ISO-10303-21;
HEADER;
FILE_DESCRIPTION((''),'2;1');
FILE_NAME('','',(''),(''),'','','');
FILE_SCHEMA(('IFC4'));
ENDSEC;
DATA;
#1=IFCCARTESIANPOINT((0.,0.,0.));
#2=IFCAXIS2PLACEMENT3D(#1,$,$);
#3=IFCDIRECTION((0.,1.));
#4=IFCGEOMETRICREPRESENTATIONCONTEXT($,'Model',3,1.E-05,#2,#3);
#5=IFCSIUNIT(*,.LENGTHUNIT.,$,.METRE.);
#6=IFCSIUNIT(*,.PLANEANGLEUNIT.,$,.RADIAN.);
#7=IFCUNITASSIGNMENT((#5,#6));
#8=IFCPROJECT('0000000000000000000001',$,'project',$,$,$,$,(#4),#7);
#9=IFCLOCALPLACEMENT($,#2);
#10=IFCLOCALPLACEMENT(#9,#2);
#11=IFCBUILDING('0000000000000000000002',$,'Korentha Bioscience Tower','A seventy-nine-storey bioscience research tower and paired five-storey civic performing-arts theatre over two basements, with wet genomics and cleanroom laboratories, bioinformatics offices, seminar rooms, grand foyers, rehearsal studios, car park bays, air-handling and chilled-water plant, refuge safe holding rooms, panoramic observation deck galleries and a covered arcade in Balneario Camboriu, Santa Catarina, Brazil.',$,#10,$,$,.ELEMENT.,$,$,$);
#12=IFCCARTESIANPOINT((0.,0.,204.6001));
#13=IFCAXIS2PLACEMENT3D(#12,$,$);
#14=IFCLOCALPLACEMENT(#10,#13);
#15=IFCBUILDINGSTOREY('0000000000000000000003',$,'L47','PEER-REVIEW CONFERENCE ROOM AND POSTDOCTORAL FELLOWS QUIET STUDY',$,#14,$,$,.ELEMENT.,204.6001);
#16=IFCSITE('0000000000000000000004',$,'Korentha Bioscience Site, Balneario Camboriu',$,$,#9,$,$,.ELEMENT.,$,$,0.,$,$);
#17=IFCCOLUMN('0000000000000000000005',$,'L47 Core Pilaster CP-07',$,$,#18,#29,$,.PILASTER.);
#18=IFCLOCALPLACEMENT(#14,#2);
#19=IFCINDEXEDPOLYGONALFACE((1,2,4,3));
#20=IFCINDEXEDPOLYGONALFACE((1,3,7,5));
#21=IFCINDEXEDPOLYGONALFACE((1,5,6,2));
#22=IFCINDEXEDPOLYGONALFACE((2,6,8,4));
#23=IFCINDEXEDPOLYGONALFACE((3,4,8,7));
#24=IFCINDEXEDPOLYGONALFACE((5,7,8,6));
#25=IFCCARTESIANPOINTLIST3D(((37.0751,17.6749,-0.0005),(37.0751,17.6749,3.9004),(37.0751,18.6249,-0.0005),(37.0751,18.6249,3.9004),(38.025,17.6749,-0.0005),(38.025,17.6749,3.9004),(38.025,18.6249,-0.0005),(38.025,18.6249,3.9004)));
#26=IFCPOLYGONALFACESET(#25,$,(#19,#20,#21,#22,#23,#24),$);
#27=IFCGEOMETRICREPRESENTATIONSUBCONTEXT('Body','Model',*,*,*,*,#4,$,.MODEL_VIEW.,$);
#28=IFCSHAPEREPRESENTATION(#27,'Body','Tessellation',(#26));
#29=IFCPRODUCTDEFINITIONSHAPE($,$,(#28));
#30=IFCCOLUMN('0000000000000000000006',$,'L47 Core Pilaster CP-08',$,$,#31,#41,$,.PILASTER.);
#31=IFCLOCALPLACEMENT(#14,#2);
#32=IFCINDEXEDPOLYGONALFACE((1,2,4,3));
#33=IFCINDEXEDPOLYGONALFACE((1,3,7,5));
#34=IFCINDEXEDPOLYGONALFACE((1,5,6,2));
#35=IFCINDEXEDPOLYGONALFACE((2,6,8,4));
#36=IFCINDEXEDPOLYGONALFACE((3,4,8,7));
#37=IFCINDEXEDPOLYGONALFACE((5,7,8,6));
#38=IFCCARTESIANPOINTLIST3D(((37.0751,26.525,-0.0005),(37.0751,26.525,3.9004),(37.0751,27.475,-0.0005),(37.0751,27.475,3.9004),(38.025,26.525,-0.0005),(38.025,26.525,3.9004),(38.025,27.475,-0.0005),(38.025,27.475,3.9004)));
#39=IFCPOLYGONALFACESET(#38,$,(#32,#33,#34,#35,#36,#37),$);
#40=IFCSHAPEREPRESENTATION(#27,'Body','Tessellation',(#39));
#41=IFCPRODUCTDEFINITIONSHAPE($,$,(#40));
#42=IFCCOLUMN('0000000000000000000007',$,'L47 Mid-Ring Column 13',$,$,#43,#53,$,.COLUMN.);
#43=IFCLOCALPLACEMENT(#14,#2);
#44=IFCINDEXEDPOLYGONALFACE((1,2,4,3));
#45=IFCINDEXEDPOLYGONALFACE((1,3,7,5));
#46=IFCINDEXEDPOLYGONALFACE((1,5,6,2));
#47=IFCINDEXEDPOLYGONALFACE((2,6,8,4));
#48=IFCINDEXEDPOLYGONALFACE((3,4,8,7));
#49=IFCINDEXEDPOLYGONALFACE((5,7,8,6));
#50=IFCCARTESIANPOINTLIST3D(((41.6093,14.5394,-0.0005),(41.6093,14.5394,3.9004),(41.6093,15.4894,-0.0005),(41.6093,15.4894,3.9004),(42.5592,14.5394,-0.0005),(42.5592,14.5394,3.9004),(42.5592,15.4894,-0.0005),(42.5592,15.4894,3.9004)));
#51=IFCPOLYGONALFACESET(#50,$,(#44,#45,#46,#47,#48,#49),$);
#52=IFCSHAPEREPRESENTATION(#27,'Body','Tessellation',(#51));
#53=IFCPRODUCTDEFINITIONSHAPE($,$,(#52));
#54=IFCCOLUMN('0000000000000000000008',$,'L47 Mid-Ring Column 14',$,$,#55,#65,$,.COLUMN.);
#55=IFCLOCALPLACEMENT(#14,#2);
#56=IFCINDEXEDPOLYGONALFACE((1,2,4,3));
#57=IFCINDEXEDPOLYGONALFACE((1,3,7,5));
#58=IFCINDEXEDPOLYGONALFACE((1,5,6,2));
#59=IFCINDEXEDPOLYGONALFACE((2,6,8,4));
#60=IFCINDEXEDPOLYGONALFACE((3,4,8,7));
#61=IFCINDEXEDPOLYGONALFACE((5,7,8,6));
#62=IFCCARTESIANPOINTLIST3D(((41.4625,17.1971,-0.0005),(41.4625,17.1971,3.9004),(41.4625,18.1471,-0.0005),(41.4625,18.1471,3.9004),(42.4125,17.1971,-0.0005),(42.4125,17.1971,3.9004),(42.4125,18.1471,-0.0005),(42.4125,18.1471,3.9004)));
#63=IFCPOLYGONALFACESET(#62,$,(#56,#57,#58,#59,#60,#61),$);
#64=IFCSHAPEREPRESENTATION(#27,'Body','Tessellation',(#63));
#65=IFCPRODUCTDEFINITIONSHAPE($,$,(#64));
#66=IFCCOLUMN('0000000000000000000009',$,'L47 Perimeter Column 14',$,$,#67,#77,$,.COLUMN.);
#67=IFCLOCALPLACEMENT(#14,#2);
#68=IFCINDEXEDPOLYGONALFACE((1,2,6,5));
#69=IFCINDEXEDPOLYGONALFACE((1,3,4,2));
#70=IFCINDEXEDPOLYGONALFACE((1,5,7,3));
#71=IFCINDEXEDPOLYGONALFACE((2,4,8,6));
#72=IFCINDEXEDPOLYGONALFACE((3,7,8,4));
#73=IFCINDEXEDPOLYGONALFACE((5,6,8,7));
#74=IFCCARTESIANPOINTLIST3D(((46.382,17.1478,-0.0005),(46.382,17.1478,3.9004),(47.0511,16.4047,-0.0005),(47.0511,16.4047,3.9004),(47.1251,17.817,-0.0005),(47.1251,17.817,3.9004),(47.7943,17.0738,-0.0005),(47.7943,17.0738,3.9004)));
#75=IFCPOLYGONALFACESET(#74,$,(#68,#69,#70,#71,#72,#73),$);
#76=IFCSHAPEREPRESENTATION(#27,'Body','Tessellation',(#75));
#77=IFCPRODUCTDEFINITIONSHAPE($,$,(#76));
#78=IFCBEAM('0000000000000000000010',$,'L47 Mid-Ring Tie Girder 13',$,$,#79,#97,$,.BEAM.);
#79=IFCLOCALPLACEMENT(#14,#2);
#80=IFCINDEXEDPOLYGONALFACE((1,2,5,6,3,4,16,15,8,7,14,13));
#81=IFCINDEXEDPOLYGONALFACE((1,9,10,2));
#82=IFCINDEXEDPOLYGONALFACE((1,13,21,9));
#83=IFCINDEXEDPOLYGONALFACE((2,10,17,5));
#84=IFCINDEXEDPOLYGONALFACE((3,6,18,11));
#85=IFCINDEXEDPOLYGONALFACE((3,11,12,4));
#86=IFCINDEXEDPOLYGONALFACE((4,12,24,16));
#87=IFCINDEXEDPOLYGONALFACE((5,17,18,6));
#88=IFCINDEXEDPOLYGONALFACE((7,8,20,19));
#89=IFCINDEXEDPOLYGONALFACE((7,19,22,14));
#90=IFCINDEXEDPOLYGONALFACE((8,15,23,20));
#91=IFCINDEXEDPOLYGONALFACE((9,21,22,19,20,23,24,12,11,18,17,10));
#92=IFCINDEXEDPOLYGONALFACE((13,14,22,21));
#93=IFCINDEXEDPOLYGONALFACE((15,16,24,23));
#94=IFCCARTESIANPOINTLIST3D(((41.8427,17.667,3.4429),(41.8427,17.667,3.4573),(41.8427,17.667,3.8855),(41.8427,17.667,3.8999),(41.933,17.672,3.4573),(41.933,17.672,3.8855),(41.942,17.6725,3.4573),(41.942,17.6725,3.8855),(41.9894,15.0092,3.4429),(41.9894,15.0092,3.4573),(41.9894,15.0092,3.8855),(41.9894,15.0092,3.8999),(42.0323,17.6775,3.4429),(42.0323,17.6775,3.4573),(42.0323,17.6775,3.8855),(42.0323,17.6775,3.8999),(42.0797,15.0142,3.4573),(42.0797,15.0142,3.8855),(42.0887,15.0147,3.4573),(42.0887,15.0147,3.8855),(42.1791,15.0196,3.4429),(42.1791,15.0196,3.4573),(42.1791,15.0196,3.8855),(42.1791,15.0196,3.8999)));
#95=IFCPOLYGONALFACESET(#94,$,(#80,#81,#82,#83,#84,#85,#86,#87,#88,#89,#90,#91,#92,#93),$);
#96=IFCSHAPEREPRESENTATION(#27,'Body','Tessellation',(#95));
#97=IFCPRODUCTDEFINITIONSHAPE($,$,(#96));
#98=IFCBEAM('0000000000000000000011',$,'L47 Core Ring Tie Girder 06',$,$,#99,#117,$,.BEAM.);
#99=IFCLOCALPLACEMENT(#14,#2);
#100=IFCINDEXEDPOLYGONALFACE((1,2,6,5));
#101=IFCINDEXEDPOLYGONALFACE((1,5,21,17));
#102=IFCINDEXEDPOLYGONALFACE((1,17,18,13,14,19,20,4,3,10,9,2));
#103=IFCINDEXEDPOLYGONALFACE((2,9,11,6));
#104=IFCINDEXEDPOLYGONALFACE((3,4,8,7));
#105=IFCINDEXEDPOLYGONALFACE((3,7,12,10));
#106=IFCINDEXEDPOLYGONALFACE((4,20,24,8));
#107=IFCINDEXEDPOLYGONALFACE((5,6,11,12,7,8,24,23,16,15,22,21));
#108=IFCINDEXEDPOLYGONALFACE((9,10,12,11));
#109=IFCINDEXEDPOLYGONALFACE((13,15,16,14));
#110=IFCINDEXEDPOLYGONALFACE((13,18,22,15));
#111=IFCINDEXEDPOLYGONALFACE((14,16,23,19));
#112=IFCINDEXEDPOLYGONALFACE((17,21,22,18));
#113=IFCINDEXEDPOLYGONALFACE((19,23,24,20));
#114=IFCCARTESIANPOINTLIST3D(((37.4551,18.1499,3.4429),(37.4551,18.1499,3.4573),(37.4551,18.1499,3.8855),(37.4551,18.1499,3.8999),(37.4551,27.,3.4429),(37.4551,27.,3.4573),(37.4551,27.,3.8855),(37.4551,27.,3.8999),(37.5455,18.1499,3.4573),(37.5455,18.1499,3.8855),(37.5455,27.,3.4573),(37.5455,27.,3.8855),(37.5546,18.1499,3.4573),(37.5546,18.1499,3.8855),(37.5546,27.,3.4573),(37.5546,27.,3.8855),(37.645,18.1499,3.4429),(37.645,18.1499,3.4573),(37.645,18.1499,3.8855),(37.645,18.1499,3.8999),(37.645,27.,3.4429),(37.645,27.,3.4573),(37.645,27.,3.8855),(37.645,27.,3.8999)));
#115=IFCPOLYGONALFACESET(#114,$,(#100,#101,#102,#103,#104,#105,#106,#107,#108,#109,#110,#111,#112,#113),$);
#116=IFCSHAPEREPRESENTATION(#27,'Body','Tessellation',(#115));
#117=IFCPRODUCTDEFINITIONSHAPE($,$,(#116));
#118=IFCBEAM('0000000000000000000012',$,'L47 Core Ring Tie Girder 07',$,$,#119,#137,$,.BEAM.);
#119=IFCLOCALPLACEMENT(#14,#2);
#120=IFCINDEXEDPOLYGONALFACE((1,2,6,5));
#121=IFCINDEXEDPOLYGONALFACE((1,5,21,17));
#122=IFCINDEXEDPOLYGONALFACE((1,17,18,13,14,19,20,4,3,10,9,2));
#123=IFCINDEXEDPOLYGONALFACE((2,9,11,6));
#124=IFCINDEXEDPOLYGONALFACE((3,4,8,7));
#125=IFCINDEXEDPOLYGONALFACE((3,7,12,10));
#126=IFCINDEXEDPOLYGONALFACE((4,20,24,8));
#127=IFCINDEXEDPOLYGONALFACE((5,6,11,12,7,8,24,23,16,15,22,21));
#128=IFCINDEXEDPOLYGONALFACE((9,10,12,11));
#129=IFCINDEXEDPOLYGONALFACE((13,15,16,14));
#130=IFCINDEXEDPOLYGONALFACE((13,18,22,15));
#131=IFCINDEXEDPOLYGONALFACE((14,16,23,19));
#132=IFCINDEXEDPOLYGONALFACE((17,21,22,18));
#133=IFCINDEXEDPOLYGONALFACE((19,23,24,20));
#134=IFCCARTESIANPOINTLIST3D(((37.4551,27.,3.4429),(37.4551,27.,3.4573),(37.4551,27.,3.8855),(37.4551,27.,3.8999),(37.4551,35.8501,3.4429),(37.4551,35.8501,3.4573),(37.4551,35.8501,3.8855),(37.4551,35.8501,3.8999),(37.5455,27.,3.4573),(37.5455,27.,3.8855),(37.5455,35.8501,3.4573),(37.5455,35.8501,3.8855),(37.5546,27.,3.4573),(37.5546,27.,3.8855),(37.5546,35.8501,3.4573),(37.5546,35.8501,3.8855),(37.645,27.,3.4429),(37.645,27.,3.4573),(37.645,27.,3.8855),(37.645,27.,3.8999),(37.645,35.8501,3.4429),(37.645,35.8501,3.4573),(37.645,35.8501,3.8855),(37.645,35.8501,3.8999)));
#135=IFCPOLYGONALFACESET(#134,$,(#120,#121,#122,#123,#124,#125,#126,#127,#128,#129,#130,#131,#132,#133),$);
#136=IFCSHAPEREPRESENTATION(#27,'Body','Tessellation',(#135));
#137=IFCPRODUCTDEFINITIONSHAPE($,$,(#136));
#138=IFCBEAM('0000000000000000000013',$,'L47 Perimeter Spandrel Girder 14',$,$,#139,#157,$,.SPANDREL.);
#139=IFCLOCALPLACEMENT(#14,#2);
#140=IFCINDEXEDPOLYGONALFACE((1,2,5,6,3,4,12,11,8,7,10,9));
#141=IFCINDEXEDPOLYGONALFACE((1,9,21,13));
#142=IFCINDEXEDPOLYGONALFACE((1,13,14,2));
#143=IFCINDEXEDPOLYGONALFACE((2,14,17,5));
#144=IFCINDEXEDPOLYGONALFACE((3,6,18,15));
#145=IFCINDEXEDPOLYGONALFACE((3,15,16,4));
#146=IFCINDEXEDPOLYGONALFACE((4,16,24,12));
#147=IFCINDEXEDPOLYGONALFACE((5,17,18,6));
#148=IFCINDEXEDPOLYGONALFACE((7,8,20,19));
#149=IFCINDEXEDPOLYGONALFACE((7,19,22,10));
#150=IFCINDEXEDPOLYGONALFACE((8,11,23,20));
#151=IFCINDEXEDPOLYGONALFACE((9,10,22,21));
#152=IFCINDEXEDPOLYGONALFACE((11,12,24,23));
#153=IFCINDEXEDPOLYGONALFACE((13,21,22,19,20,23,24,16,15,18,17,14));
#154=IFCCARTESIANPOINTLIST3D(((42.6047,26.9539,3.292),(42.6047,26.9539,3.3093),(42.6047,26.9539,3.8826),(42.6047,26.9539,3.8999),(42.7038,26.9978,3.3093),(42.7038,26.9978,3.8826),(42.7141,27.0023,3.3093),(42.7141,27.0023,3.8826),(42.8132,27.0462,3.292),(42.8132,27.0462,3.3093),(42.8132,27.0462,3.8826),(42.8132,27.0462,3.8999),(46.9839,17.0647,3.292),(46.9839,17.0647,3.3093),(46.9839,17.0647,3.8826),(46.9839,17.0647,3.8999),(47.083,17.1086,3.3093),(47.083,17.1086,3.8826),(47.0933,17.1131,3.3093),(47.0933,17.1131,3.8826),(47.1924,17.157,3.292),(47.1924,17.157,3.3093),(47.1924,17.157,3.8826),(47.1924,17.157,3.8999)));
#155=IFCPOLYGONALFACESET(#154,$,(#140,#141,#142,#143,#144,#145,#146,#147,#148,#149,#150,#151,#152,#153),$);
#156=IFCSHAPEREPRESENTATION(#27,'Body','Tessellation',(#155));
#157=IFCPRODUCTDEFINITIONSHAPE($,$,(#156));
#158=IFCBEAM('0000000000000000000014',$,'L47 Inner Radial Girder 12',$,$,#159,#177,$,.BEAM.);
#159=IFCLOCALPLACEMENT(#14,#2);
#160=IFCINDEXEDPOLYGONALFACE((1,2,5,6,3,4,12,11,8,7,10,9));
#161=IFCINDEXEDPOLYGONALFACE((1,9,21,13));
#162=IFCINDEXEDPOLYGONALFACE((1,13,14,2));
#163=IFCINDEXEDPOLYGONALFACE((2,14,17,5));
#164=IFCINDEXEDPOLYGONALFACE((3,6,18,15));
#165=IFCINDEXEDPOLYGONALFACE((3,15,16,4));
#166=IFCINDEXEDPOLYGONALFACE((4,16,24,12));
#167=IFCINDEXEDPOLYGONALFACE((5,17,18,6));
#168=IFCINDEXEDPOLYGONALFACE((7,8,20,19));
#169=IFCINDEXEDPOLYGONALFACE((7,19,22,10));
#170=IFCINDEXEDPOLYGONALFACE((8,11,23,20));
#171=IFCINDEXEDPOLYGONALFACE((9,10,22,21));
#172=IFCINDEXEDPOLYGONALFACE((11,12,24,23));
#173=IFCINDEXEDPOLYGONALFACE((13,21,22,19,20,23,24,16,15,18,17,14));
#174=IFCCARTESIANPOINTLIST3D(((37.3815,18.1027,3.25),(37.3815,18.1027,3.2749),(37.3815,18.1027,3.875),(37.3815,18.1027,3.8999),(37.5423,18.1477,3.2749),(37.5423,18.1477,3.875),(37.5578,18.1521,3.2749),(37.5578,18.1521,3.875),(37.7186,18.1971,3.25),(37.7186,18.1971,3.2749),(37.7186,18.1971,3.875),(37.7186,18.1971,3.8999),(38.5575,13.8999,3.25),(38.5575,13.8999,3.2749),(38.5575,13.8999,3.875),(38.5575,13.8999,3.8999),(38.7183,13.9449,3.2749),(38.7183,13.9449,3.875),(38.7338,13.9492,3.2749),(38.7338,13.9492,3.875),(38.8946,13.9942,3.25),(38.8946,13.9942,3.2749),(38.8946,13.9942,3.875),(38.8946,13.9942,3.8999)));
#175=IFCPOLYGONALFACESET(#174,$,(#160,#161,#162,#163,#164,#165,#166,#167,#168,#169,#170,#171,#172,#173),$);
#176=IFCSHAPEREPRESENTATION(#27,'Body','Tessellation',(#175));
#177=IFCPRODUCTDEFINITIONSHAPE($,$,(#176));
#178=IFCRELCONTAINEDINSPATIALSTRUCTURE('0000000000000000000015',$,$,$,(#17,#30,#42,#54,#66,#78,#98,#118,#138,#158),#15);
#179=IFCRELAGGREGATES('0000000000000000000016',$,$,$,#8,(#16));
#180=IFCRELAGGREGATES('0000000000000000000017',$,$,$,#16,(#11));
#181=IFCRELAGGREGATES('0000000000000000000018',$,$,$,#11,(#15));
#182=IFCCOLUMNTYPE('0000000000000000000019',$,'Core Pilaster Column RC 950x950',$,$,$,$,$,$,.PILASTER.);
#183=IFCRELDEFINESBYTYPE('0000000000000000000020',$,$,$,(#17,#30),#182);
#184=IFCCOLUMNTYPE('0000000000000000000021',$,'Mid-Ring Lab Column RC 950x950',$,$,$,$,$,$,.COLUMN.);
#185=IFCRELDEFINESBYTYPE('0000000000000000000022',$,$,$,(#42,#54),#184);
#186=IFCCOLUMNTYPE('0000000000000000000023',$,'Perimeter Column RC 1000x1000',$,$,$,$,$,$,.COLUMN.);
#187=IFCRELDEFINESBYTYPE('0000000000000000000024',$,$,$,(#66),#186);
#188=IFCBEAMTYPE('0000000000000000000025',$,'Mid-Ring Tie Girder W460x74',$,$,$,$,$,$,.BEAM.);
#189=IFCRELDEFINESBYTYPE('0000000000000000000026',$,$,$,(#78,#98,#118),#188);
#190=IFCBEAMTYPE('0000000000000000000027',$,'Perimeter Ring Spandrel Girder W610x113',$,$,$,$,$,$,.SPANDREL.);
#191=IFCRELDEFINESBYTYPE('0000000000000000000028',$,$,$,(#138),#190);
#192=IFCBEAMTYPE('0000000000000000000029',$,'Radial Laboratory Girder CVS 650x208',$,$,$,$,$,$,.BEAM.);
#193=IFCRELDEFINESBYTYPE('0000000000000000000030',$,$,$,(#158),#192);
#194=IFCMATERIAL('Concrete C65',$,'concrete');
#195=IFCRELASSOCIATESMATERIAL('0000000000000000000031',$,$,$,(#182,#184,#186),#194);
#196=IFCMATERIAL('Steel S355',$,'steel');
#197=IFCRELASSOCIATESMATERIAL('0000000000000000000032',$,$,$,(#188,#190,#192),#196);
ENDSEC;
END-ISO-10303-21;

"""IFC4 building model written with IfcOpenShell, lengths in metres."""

from ifc_helpers import new_model, si_unit, direction, frame, origin, origin_2d, place, context, subcontext, project, spatial, rectangle, i_section, extrude, material, material_profile, profile_set, type_object, element, save


model = new_model("IFC4")

# Units and contexts
model_context = context("Model", 3, precision=1e-05, world=origin(), true_north=direction((0.0, 1.0)))
body_context = subcontext(model_context, "Body", "Model", "MODEL_VIEW")
ifc_project = project(units=[si_unit("LENGTHUNIT", "METRE"), si_unit("PLANEANGLEUNIT", "RADIAN")], contexts=[model_context])

# Site, building, storey
site_placement = place(None, origin())
site = spatial("IfcSite", under=ifc_project, at=site_placement, Name="Korentha Bioscience Site, Balneario Camboriu", CompositionType="ELEMENT", RefElevation=0.0)
building_placement = place(site_placement, origin())
building = spatial("IfcBuilding", under=site, at=building_placement, Name="Korentha Bioscience Tower", Description="A seventy-nine-storey bioscience research tower and paired five-storey civic performing-arts theatre over two basements, with wet genomics and cleanroom laboratories, bioinformatics offices, seminar rooms, grand foyers, rehearsal studios, car park bays, air-handling and chilled-water plant, refuge safe holding rooms, panoramic observation deck galleries and a covered arcade in Balneario Camboriu, Santa Catarina, Brazil.", CompositionType="ELEMENT")
storey_placement = place(building_placement, frame((0.0, 0.0, 204.6001)))
storey = spatial("IfcBuildingStorey", under=building, at=storey_placement, Name="L47", Description="PEER-REVIEW CONFERENCE ROOM AND POSTDOCTORAL FELLOWS QUIET STUDY", CompositionType="ELEMENT", Elevation=204.6001)

# Columns
ifc_material_1 = material(Name="Concrete C65", Category="concrete")
ifc_material_profile_1 = material_profile(ifc_material_1, rectangle(XDim=0.95, YDim=0.95, at=origin_2d()), Name="Concrete C65")
ifc_profile_set_1 = profile_set([ifc_material_profile_1], Name="Concrete C65 (COL-CP09)")
column_type_1 = type_object("IfcColumnType", Name="Core Pilaster Column RC 950x950", PredefinedType="PILASTER", material=ifc_profile_set_1)
for number, where, z_axis, x_axis, name in (
    (1, (37.55, 18.1499, -0.0005), (0.0, 0.0, 1.0), (1.0, 0.0, 0.0), "L47 Core Pilaster CP-07"),
    (2, (37.55, 27.0, -0.0005), (0.0, 0.0, 1.0), (1.0, 0.0, 0.0), "L47 Core Pilaster CP-08"),
):
    element("IfcColumn", number, at=place(storey_placement, frame(where, z_axis=z_axis, x_axis=x_axis)), inside=storey, type_object=column_type_1, Name=name, PredefinedType="PILASTER", context=body_context, shape_type="SweptSolid", body=[
        extrude(rectangle(XDim=0.95, YDim=0.95, at=origin_2d()), origin(), (0.0, 0.0, 1.0), 3.9009),
    ])
ifc_material_profile_2 = material_profile(ifc_material_1, rectangle(XDim=0.95, YDim=0.95, at=origin_2d()), Name="Concrete C65")
ifc_profile_set_2 = profile_set([ifc_material_profile_2], Name="Concrete C65 (COL-MR09)")
column_type_2 = type_object("IfcColumnType", Name="Mid-Ring Lab Column RC 950x950", PredefinedType="COLUMN", material=ifc_profile_set_2)
for number, where, z_axis, x_axis, name in (
    (3, (42.0842, 15.0144, -0.0005), (0.0, 0.0, 1.0), (1.0, 0.0, 0.0), "L47 Mid-Ring Column 13"),
    (4, (41.9375, 17.6721, -0.0005), (0.0, 0.0, 1.0), (1.0, 0.0, 0.0), "L47 Mid-Ring Column 14"),
):
    element("IfcColumn", number, at=place(storey_placement, frame(where, z_axis=z_axis, x_axis=x_axis)), inside=storey, type_object=column_type_2, Name=name, PredefinedType="COLUMN", context=body_context, shape_type="SweptSolid", body=[
        extrude(rectangle(XDim=0.95, YDim=0.95, at=origin_2d()), origin(), (0.0, 0.0, 1.0), 3.9009),
    ])
ifc_material_profile_3 = material_profile(ifc_material_1, rectangle(XDim=1.0, YDim=1.0, at=origin_2d()), Name="Concrete C65")
ifc_profile_set_3 = profile_set([ifc_material_profile_3], Name="Concrete C65 (COL-P10)")
column_type_3 = type_object("IfcColumnType", Name="Perimeter Column RC 1000x1000", PredefinedType="COLUMN", material=ifc_profile_set_3)
column_placement = place(storey_placement, frame((47.0881, 17.1108, -0.0005), z_axis=(0.0, 0.0, 1.0), x_axis=(-0.669131, 0.743145, 0.0)))
element("IfcColumn", 5, at=column_placement, inside=storey, type_object=column_type_3, Name="L47 Perimeter Column 14", PredefinedType="COLUMN", context=body_context, shape_type="SweptSolid", body=[
    extrude(rectangle(XDim=1.0, YDim=1.0, at=origin_2d()), origin(), (0.0, 0.0, 1.0), 3.9009),
])

# Beams
ifc_material_2 = material(Name="Steel S355", Category="steel")
ifc_material_profile_4 = material_profile(ifc_material_2, i_section(OverallWidth=0.1899, OverallDepth=0.457, WebThickness=0.009, FlangeThickness=0.0144, at=origin_2d()), Name="Steel S355")
ifc_profile_set_4 = profile_set([ifc_material_profile_4], Name="Steel S355 (MB-460)")
beam_type_1 = type_object("IfcBeamType", Name="Mid-Ring Tie Girder W460x74", PredefinedType="BEAM", material=ifc_profile_set_4)
beam_1_placement = place(storey_placement, frame((42.0842, 15.0144, 3.6714), z_axis=(-0.055125, 0.998479, 0.0), x_axis=(-0.998479, -0.055125, 0.0)))
element("IfcBeam", 6, at=beam_1_placement, inside=storey, type_object=beam_type_1, Name="L47 Mid-Ring Tie Girder 13", PredefinedType="BEAM", context=body_context, shape_type="SweptSolid", body=[
    extrude(i_section(OverallWidth=0.1899, OverallDepth=0.457, WebThickness=0.009, FlangeThickness=0.0144, at=origin_2d()), origin(), (0.0, 0.0, 1.0), 2.6619),
])
for number, where, z_axis, x_axis, name in (
    (7, (37.55, 18.1499, 3.6714), (0.0, 1.0, 0.0), (-1.0, 0.0, 0.0), "L47 Core Ring Tie Girder 06"),
    (8, (37.55, 27.0, 3.6714), (0.0, 1.0, 0.0), (-1.0, 0.0, 0.0), "L47 Core Ring Tie Girder 07"),
):
    element("IfcBeam", number, at=place(storey_placement, frame(where, z_axis=z_axis, x_axis=x_axis)), inside=storey, type_object=beam_type_1, Name=name, PredefinedType="BEAM", context=body_context, shape_type="SweptSolid", body=[
        extrude(i_section(OverallWidth=0.1899, OverallDepth=0.457, WebThickness=0.009, FlangeThickness=0.0144, at=origin_2d()), origin(), (0.0, 0.0, 1.0), 8.8501),
    ])
ifc_material_profile_5 = material_profile(ifc_material_2, i_section(OverallWidth=0.228, OverallDepth=0.6079, WebThickness=0.0112, FlangeThickness=0.0173, at=origin_2d()), Name="Steel S355")
ifc_profile_set_5 = profile_set([ifc_material_profile_5], Name="Steel S355 (SB-610)")
beam_type_2 = type_object("IfcBeamType", Name="Perimeter Ring Spandrel Girder W610x113", PredefinedType="SPANDREL", material=ifc_profile_set_5)
beam_2_placement = place(storey_placement, frame((47.0881, 17.1108, 3.5959), z_axis=(-0.4049, 0.914361, 0.0), x_axis=(-0.914361, -0.4049, 0.0)))
element("IfcBeam", 9, at=beam_2_placement, inside=storey, type_object=beam_type_2, Name="L47 Perimeter Spandrel Girder 14", PredefinedType="SPANDREL", context=body_context, shape_type="SweptSolid", body=[
    extrude(i_section(OverallWidth=0.228, OverallDepth=0.6079, WebThickness=0.0112, FlangeThickness=0.0173, at=origin_2d()), origin(), (0.0, 0.0, 1.0), 10.8154),
])
ifc_material_profile_6 = material_profile(ifc_material_2, i_section(OverallWidth=0.3501, OverallDepth=0.6499, WebThickness=0.0161, FlangeThickness=0.0249, at=origin_2d()), Name="Steel S355")
ifc_profile_set_6 = profile_set([ifc_material_profile_6], Name="Steel S355 (RB-650)")
beam_type_3 = type_object("IfcBeamType", Name="Radial Laboratory Girder CVS 650x208", PredefinedType="BEAM", material=ifc_profile_set_6)
beam_3_placement = place(storey_placement, frame((37.55, 18.1499, 3.575), z_axis=(0.269464, -0.96301, 0.0), x_axis=(0.96301, 0.269464, 0.0)))
element("IfcBeam", 10, at=beam_3_placement, inside=storey, type_object=beam_type_3, Name="L47 Inner Radial Girder 12", PredefinedType="BEAM", context=body_context, shape_type="SweptSolid", body=[
    extrude(i_section(OverallWidth=0.3501, OverallDepth=0.6499, WebThickness=0.0161, FlangeThickness=0.0249, at=origin_2d()), origin(), (0.0, 0.0, 1.0), 4.3643),
])

save(model, "model.ifc")
